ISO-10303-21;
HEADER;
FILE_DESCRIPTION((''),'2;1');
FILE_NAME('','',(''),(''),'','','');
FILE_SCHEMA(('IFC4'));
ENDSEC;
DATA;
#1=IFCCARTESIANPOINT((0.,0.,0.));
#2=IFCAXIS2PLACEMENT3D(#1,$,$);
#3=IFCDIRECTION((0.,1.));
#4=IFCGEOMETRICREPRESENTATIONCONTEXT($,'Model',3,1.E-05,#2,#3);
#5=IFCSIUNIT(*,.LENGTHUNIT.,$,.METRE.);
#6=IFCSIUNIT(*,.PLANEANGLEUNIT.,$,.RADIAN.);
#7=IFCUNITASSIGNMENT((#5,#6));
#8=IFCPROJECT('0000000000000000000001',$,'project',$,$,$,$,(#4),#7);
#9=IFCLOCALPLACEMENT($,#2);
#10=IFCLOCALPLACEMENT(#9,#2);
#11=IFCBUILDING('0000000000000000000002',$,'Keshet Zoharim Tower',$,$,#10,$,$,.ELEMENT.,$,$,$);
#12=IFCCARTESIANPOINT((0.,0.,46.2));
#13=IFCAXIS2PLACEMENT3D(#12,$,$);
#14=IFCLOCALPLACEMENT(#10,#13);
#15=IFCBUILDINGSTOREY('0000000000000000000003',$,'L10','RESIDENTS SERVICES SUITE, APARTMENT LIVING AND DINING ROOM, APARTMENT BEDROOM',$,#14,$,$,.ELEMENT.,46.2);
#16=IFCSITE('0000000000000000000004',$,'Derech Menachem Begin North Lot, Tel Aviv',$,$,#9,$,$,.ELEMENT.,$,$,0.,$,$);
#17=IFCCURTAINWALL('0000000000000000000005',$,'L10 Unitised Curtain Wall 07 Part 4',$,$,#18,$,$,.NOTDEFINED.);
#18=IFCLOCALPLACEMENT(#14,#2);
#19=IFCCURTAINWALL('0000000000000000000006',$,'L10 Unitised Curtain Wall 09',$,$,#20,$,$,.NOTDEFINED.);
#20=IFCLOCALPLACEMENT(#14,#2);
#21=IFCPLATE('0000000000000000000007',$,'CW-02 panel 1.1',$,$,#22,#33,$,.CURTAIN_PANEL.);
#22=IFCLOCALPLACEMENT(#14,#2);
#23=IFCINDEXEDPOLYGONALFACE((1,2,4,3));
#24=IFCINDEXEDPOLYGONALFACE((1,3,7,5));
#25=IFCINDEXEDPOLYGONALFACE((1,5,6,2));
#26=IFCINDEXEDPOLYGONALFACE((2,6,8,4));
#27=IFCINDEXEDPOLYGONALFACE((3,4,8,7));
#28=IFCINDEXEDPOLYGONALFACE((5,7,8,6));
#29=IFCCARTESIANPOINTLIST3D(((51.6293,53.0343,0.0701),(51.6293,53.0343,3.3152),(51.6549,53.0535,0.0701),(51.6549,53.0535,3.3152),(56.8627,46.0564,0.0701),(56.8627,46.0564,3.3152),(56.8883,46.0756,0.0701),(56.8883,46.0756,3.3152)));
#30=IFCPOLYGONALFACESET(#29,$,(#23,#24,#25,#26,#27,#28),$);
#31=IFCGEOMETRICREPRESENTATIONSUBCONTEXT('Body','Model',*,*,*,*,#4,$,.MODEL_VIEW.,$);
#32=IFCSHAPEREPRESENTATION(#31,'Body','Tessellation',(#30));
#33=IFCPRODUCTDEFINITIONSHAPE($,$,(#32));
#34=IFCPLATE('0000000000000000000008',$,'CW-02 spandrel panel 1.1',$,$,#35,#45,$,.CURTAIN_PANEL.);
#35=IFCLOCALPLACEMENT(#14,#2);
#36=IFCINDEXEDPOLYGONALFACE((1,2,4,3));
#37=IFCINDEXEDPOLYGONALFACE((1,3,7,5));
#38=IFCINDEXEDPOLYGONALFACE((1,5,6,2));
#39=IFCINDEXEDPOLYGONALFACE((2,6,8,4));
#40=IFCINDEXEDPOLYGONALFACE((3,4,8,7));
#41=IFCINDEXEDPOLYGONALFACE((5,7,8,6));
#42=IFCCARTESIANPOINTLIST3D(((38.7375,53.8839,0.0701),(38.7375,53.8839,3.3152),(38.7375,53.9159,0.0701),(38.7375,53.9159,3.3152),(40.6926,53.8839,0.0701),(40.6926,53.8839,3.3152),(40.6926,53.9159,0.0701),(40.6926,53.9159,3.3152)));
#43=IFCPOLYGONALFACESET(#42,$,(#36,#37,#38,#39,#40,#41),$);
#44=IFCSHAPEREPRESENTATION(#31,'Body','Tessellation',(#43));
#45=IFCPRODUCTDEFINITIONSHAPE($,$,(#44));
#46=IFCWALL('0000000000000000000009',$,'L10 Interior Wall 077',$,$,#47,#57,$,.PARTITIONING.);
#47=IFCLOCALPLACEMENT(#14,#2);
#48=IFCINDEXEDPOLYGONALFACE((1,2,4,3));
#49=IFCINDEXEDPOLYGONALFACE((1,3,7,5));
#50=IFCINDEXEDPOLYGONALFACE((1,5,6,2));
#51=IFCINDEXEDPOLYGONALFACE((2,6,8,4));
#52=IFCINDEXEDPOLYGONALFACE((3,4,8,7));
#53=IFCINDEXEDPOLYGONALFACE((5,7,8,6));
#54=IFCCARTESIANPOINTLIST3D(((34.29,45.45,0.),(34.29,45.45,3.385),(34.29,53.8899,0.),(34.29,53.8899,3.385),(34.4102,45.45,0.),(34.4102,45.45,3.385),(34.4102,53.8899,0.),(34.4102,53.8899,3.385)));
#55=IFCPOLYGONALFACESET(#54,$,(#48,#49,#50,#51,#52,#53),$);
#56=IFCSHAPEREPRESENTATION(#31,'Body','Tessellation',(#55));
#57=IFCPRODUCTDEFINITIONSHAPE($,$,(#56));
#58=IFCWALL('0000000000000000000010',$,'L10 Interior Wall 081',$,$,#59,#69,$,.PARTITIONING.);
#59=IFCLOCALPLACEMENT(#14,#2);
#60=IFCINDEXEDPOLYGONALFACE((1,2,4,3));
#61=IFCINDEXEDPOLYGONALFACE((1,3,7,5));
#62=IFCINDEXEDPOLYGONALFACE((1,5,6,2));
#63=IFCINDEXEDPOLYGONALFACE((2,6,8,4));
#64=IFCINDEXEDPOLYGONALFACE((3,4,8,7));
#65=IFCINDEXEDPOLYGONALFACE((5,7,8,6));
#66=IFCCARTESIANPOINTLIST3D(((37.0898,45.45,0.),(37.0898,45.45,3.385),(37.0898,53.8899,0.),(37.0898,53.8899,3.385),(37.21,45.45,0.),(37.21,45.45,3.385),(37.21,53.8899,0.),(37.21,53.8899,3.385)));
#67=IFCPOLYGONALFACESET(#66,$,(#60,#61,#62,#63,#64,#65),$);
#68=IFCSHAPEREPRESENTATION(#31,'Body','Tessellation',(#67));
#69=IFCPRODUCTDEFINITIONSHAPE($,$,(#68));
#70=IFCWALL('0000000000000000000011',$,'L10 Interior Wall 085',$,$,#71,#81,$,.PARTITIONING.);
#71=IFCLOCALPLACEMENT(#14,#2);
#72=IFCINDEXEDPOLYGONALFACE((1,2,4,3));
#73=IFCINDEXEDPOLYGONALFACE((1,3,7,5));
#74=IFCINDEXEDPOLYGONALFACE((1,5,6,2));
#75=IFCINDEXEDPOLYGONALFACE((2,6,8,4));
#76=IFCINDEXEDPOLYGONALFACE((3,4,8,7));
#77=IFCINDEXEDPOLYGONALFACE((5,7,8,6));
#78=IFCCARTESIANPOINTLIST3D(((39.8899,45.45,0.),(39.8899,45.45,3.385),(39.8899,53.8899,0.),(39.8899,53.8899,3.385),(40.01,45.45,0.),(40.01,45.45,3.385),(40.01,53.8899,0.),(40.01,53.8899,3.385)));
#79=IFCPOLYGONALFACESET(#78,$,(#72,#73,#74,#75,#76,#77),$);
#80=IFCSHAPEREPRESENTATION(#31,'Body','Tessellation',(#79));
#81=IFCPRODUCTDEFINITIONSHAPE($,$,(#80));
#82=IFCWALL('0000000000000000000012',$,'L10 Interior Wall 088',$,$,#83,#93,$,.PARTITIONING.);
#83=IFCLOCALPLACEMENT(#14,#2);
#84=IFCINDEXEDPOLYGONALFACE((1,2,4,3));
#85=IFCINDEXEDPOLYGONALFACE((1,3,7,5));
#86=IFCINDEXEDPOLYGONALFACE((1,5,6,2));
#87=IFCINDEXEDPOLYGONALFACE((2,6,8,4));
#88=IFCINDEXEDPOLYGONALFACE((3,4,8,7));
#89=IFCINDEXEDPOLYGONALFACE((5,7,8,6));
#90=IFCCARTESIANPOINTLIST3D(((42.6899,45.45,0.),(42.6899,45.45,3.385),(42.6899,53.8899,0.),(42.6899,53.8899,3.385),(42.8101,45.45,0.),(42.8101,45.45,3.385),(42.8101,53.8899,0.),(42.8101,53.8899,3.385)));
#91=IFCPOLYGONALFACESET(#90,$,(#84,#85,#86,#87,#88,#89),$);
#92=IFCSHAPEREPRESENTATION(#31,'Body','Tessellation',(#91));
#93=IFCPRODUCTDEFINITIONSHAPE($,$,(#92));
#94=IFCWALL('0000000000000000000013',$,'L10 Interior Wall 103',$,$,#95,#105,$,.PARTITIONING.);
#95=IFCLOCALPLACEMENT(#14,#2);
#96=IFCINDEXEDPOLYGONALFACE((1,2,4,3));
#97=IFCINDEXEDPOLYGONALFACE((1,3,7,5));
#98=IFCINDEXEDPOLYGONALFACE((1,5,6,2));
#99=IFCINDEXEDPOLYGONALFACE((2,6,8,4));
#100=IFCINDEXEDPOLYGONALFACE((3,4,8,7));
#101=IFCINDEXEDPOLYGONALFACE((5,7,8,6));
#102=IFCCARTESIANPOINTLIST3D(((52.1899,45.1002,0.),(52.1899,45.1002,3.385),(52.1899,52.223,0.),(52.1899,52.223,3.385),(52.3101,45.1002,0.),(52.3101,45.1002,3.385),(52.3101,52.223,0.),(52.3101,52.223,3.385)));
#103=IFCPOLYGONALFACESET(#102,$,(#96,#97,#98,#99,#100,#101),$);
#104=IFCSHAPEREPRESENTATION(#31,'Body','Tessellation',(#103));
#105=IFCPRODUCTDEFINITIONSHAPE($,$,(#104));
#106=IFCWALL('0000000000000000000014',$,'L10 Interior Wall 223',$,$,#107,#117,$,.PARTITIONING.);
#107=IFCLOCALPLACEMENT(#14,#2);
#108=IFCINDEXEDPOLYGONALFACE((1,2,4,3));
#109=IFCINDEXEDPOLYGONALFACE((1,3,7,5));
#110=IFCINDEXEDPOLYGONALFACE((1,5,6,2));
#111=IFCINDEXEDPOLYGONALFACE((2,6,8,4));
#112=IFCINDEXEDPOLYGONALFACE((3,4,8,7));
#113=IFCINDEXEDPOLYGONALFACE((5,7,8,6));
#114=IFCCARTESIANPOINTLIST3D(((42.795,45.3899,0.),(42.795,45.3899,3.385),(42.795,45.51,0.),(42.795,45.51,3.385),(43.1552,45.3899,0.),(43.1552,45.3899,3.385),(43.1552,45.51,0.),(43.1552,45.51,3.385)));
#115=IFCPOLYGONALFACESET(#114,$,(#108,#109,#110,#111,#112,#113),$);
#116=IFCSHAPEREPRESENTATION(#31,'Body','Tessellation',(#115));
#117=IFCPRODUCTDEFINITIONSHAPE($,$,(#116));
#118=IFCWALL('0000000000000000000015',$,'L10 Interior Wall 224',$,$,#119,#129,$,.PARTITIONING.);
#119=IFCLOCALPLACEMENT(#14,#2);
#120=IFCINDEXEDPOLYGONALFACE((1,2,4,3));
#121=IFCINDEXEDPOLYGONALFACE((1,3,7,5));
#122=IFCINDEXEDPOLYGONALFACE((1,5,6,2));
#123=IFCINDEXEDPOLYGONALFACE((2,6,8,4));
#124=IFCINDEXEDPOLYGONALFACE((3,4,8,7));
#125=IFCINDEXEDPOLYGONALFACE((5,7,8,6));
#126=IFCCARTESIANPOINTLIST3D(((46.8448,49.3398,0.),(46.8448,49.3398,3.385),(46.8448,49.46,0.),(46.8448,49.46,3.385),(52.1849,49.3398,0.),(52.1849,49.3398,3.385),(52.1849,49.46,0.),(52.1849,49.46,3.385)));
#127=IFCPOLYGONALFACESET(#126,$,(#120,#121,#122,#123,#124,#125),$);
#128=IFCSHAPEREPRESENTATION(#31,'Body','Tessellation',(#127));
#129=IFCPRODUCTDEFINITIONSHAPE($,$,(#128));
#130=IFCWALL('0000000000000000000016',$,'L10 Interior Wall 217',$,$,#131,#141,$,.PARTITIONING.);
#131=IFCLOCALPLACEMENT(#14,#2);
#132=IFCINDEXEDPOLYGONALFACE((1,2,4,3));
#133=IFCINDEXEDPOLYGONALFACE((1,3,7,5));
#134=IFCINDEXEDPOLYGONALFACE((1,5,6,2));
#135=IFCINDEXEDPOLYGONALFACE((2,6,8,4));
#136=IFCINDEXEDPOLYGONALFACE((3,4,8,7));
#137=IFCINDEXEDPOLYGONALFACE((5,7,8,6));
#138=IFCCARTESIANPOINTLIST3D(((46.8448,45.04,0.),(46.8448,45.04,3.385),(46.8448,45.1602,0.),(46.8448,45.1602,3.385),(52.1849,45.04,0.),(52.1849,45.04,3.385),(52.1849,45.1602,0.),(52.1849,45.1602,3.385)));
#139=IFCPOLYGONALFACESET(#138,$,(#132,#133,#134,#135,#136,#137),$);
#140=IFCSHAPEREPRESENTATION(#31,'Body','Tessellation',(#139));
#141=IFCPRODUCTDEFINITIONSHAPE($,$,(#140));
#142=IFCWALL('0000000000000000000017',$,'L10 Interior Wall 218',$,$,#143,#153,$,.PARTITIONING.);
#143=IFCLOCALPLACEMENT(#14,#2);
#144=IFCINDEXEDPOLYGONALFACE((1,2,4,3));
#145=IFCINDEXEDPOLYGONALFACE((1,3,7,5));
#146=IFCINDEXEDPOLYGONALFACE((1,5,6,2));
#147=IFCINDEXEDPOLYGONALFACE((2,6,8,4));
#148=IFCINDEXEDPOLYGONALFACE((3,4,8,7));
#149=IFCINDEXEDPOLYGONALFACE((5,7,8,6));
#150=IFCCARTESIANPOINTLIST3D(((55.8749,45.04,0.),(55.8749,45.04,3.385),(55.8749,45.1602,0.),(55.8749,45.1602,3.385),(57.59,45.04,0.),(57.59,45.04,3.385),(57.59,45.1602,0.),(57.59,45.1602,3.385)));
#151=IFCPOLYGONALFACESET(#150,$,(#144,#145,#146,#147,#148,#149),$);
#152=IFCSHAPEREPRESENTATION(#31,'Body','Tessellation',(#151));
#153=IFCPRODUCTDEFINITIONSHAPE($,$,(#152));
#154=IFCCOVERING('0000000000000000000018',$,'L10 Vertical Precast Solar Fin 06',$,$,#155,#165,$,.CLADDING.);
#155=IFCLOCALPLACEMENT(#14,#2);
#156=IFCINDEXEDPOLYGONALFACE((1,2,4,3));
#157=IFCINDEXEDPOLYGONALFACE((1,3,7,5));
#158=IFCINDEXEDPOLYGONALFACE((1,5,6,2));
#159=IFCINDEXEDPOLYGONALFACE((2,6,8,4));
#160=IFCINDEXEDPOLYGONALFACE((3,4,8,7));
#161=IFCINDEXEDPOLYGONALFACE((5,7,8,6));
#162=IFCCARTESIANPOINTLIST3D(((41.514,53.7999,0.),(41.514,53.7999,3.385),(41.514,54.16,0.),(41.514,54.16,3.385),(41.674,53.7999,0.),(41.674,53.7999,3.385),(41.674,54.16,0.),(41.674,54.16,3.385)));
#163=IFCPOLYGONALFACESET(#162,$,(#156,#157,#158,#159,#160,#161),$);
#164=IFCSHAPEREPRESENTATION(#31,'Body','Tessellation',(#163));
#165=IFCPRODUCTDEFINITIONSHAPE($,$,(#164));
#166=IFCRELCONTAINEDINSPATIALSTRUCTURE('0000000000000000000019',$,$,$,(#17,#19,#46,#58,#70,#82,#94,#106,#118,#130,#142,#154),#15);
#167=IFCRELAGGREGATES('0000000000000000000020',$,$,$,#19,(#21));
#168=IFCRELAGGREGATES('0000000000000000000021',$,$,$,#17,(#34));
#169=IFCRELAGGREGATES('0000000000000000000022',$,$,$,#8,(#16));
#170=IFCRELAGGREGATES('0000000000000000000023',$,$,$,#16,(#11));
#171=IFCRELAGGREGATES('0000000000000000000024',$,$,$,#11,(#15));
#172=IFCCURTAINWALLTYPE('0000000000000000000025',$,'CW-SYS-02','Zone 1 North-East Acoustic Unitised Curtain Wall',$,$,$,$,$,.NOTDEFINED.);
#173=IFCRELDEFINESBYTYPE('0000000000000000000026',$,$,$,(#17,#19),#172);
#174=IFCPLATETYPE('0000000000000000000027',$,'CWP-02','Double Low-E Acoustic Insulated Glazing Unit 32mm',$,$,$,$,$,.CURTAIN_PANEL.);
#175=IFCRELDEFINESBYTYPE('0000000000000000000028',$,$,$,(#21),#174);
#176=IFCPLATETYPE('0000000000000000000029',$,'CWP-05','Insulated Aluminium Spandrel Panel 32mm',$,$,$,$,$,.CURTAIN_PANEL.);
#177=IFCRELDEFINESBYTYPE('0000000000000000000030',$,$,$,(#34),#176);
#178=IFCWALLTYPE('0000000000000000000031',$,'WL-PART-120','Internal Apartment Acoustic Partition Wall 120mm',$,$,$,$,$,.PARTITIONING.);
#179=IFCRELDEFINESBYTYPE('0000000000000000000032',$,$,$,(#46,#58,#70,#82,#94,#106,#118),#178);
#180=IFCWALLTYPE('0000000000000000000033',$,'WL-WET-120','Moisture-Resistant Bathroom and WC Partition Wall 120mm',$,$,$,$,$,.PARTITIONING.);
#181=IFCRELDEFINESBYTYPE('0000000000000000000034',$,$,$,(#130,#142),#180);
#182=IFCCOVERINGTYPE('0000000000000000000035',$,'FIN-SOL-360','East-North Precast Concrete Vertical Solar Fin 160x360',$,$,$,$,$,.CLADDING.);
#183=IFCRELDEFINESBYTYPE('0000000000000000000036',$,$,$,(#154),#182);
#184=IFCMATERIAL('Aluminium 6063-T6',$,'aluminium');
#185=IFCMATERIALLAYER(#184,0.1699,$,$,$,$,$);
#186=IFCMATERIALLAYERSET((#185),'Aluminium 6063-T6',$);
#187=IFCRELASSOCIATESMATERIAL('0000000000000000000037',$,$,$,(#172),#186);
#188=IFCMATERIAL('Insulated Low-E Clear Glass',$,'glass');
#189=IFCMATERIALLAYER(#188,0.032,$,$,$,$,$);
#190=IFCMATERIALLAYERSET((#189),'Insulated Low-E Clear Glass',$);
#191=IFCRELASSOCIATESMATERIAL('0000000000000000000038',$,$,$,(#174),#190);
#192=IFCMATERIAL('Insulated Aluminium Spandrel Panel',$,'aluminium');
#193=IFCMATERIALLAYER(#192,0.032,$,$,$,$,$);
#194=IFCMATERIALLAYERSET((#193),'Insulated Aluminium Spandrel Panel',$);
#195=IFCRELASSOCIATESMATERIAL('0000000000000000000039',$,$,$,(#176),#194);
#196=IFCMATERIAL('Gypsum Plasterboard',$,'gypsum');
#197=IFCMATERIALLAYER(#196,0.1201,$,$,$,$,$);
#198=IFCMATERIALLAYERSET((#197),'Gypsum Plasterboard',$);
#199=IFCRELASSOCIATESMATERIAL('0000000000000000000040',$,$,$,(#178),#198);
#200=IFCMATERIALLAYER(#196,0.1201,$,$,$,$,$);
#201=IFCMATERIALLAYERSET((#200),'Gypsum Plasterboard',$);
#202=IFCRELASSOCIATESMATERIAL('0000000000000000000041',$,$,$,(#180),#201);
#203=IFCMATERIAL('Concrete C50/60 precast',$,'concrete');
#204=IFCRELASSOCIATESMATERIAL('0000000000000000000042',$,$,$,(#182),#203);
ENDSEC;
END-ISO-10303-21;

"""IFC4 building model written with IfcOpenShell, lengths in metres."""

from ifc_helpers import new_model, si_unit, direction, frame, frame_2d, origin, origin_2d, place, context, subcontext, project, spatial, rectangle, extrude, material, layer, layer_set, type_object, element, aggregate, save


model = new_model("IFC4")

# Units and contexts
model_context = context("Model", 3, precision=1e-05, world=origin(), true_north=direction((0.0, 1.0)))
body_context = subcontext(model_context, "Body", "Model", "MODEL_VIEW")
ifc_project = project(units=[si_unit("LENGTHUNIT", "METRE"), si_unit("PLANEANGLEUNIT", "RADIAN")], contexts=[model_context])

# Site, building, storey
site_placement = place(None, origin())
site = spatial("IfcSite", under=ifc_project, at=site_placement, Name="Derech Menachem Begin North Lot, Tel Aviv", CompositionType="ELEMENT", RefElevation=0.0)
building_placement = place(site_placement, origin())
building = spatial("IfcBuilding", under=site, at=building_placement, Name="Keshet Zoharim Tower", CompositionType="ELEMENT")
storey_placement = place(building_placement, frame((0.0, 0.0, 46.2)))
storey = spatial("IfcBuildingStorey", under=building, at=storey_placement, Name="L10", Description="RESIDENTS SERVICES SUITE, APARTMENT LIVING AND DINING ROOM, APARTMENT BEDROOM", CompositionType="ELEMENT", Elevation=46.2)

# Curtain wall
ifc_material_1 = material(Name="Aluminium 6063-T6", Category="aluminium")
ifc_layer_1 = layer(ifc_material_1, 0.1699)
ifc_layer_set_1 = layer_set([ifc_layer_1], Name="Aluminium 6063-T6")
curtain_wall_type = type_object("IfcCurtainWallType", Name="CW-SYS-02", Description="Zone 1 North-East Acoustic Unitised Curtain Wall", PredefinedType="NOTDEFINED", material=ifc_layer_set_1)
curtain_wall_1_placement = place(storey_placement, origin())
curtain_wall_1 = element("IfcCurtainWall", 1, at=curtain_wall_1_placement, inside=storey, type_object=curtain_wall_type, Name="L10 Unitised Curtain Wall 07 Part 4", PredefinedType="NOTDEFINED")

# Curtain wall
curtain_wall_2_placement = place(storey_placement, origin())
curtain_wall_2 = element("IfcCurtainWall", 2, at=curtain_wall_2_placement, inside=storey, type_object=curtain_wall_type, Name="L10 Unitised Curtain Wall 09", PredefinedType="NOTDEFINED")

# Plates
ifc_material_2 = material(Name="Insulated Low-E Clear Glass", Category="glass")
ifc_layer_2 = layer(ifc_material_2, 0.032)
ifc_layer_set_2 = layer_set([ifc_layer_2], Name="Insulated Low-E Clear Glass")
plate_type_1 = type_object("IfcPlateType", Name="CWP-02", Description="Double Low-E Acoustic Insulated Glazing Unit 32mm", PredefinedType="CURTAIN_PANEL", material=ifc_layer_set_2)
plate_1_placement = place(storey_placement, frame((54.2588, 49.5549, 0.0701), z_axis=(0.0, 0.0, 1.0), x_axis=(0.6, -0.8, 0.0)))
plate_1 = element("IfcPlate", 3, at=plate_1_placement, type_object=plate_type_1, Name="CW-02 panel 1.1", PredefinedType="CURTAIN_PANEL", context=body_context, shape_type="SweptSolid", body=[
    extrude(rectangle(XDim=8.7224, YDim=0.032, at=origin_2d()), origin(), (0.0, 0.0, 1.0), 3.2451),
])
aggregate(curtain_wall_2, [plate_1])
ifc_material_3 = material(Name="Insulated Aluminium Spandrel Panel", Category="aluminium")
ifc_layer_3 = layer(ifc_material_3, 0.032)
ifc_layer_set_3 = layer_set([ifc_layer_3], Name="Insulated Aluminium Spandrel Panel")
plate_type_2 = type_object("IfcPlateType", Name="CWP-05", Description="Insulated Aluminium Spandrel Panel 32mm", PredefinedType="CURTAIN_PANEL", material=ifc_layer_set_3)
plate_2_placement = place(storey_placement, frame((39.7151, 53.8999, 0.0701), z_axis=(0.0, 0.0, 1.0), x_axis=(1.0, 0.0, 0.0)))
plate_2 = element("IfcPlate", 4, at=plate_2_placement, type_object=plate_type_2, Name="CW-02 spandrel panel 1.1", PredefinedType="CURTAIN_PANEL", context=body_context, shape_type="SweptSolid", body=[
    extrude(rectangle(XDim=1.9551, YDim=0.032, at=origin_2d()), origin(), (0.0, 0.0, 1.0), 3.2451),
])
aggregate(curtain_wall_1, [plate_2])

# Walls
ifc_material_4 = material(Name="Gypsum Plasterboard", Category="gypsum")
ifc_layer_4 = layer(ifc_material_4, 0.1201)
ifc_layer_set_4 = layer_set([ifc_layer_4], Name="Gypsum Plasterboard")
wall_type_1 = type_object("IfcWallType", Name="WL-PART-120", Description="Internal Apartment Acoustic Partition Wall 120mm", PredefinedType="PARTITIONING", material=ifc_layer_set_4)
for number, where, z_axis, x_axis, name in (
    (5, (34.3501, 45.45, 0.0), (0.0, 0.0, 1.0), (0.0, 1.0, 0.0), "L10 Interior Wall 077"),
    (6, (37.1499, 45.45, 0.0), (0.0, 0.0, 1.0), (0.0, 1.0, 0.0), "L10 Interior Wall 081"),
    (7, (39.95, 45.45, 0.0), (0.0, 0.0, 1.0), (0.0, 1.0, 0.0), "L10 Interior Wall 085"),
    (8, (42.75, 45.45, 0.0), (0.0, 0.0, 1.0), (0.0, 1.0, 0.0), "L10 Interior Wall 088"),
):
    element("IfcWall", number, at=place(storey_placement, frame(where, z_axis=z_axis, x_axis=x_axis)), inside=storey, type_object=wall_type_1, Name=name, PredefinedType="PARTITIONING", context=body_context, shape_type="SweptSolid", body=[
        extrude(rectangle(XDim=8.4399, YDim=0.1201, at=frame_2d((4.22, 0.0))), origin(), (0.0, 0.0, 1.0), 3.385),
    ])
wall_1_placement = place(storey_placement, frame((52.25, 45.1001, 0.0), z_axis=(0.0, 0.0, 1.0), x_axis=(0.0, 1.0, 0.0)))
element("IfcWall", 9, at=wall_1_placement, inside=storey, type_object=wall_type_1, Name="L10 Interior Wall 103", PredefinedType="PARTITIONING", context=body_context, shape_type="SweptSolid", body=[
    extrude(rectangle(XDim=7.1228, YDim=0.1201, at=frame_2d((3.5615, 0.0))), origin(), (0.0, 0.0, 1.0), 3.385),
])
wall_2_placement = place(storey_placement, frame((42.7949, 45.45, 0.0), z_axis=(0.0, 0.0, 1.0), x_axis=(1.0, 0.0, 0.0)))
element("IfcWall", 10, at=wall_2_placement, inside=storey, type_object=wall_type_1, Name="L10 Interior Wall 223", PredefinedType="PARTITIONING", context=body_context, shape_type="SweptSolid", body=[
    extrude(rectangle(XDim=0.3601, YDim=0.1201, at=frame_2d((0.1802, 0.0))), origin(), (0.0, 0.0, 1.0), 3.385),
])
wall_3_placement = place(storey_placement, frame((46.845, 49.3999, 0.0), z_axis=(0.0, 0.0, 1.0), x_axis=(1.0, 0.0, 0.0)))
element("IfcWall", 11, at=wall_3_placement, inside=storey, type_object=wall_type_1, Name="L10 Interior Wall 224", PredefinedType="PARTITIONING", context=body_context, shape_type="SweptSolid", body=[
    extrude(rectangle(XDim=5.3401, YDim=0.1201, at=frame_2d((2.6699, 0.0))), origin(), (0.0, 0.0, 1.0), 3.385),
])
ifc_layer_5 = layer(ifc_material_4, 0.1201)
ifc_layer_set_5 = layer_set([ifc_layer_5], Name="Gypsum Plasterboard")
wall_type_2 = type_object("IfcWallType", Name="WL-WET-120", Description="Moisture-Resistant Bathroom and WC Partition Wall 120mm", PredefinedType="PARTITIONING", material=ifc_layer_set_5)
wall_4_placement = place(storey_placement, frame((46.845, 45.1001, 0.0), z_axis=(0.0, 0.0, 1.0), x_axis=(1.0, 0.0, 0.0)))
element("IfcWall", 12, at=wall_4_placement, inside=storey, type_object=wall_type_2, Name="L10 Interior Wall 217", PredefinedType="PARTITIONING", context=body_context, shape_type="SweptSolid", body=[
    extrude(rectangle(XDim=5.3401, YDim=0.1201, at=frame_2d((2.6699, 0.0))), origin(), (0.0, 0.0, 1.0), 3.385),
])
wall_5_placement = place(storey_placement, frame((55.875, 45.1001, 0.0), z_axis=(0.0, 0.0, 1.0), x_axis=(1.0, 0.0, 0.0)))
element("IfcWall", 13, at=wall_5_placement, inside=storey, type_object=wall_type_2, Name="L10 Interior Wall 218", PredefinedType="PARTITIONING", context=body_context, shape_type="SweptSolid", body=[
    extrude(rectangle(XDim=1.7151, YDim=0.1201, at=frame_2d((0.8574, 0.0))), origin(), (0.0, 0.0, 1.0), 3.385),
])

# Covering
ifc_material_5 = material(Name="Concrete C50/60 precast", Category="concrete")
covering_type = type_object("IfcCoveringType", Name="FIN-SOL-360", Description="East-North Precast Concrete Vertical Solar Fin 160x360", PredefinedType="CLADDING", material=ifc_material_5)
covering_placement = place(storey_placement, frame((41.594, 53.98, 0.0), z_axis=(0.0, 0.0, 1.0), x_axis=(1.0, 0.0, 0.0)))
element("IfcCovering", 14, at=covering_placement, inside=storey, type_object=covering_type, Name="L10 Vertical Precast Solar Fin 06", PredefinedType="CLADDING", context=body_context, shape_type="SweptSolid", body=[
    extrude(rectangle(XDim=0.1599, YDim=0.3601, at=origin_2d()), origin(), (0.0, 0.0, 1.0), 3.385),
])

save(model, "model.ifc")
